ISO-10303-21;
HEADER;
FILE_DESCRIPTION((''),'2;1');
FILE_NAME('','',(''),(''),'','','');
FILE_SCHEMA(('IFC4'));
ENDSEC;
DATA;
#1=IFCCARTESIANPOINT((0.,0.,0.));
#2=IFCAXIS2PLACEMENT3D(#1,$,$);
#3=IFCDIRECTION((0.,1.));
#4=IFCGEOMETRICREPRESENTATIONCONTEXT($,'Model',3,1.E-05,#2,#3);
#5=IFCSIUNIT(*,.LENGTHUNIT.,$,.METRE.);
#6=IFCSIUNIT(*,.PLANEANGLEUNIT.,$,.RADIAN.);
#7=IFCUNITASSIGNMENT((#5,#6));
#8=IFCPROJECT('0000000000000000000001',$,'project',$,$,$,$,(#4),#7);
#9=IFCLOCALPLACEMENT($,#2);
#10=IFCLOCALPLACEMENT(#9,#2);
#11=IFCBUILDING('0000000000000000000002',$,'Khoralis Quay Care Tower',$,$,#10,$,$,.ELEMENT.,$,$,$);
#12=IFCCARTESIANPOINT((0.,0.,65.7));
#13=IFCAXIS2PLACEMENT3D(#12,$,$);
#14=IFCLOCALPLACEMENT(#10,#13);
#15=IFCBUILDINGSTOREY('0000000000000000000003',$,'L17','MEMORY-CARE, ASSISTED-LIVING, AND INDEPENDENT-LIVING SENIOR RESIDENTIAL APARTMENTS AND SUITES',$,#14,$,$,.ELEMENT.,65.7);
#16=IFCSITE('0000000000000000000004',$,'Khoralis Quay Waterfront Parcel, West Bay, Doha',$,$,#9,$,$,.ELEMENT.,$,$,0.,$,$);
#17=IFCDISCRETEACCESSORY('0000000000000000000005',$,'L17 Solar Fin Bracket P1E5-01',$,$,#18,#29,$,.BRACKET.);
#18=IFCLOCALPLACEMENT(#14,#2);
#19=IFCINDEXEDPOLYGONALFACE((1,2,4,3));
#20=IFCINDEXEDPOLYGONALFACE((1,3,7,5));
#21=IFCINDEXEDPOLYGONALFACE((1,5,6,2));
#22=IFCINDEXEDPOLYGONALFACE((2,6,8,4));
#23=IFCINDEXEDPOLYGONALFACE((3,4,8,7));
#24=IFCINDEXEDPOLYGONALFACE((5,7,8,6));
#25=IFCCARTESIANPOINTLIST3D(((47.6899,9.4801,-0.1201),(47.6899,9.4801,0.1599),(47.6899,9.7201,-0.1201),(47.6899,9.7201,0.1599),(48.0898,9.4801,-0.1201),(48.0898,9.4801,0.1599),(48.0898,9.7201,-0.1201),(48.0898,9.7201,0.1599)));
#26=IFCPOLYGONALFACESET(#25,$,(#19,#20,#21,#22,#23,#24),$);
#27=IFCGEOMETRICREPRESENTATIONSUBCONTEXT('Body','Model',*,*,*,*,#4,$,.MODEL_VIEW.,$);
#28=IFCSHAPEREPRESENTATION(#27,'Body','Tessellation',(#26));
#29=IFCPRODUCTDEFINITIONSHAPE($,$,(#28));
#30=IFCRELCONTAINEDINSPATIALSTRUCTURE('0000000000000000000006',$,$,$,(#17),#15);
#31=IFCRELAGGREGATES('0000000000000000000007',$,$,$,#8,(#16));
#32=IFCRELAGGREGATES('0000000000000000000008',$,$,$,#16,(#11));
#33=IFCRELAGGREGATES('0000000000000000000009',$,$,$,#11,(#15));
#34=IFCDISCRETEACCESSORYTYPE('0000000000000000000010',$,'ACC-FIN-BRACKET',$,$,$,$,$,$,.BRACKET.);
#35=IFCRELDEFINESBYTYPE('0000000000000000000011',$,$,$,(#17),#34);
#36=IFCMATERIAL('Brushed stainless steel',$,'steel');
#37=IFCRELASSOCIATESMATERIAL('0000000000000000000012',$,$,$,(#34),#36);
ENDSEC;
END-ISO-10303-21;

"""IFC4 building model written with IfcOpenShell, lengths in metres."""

from ifc_helpers import new_model, si_unit, direction, frame, origin, origin_2d, place, context, subcontext, project, spatial, rectangle, extrude, source, transform, mapped, material, type_object, element, save


model = new_model("IFC4")

# Units and contexts
model_context = context("Model", 3, precision=1e-05, world=origin(), true_north=direction((0.0, 1.0)))
body_context = subcontext(model_context, "Body", "Model", "MODEL_VIEW")
ifc_project = project(units=[si_unit("LENGTHUNIT", "METRE"), si_unit("PLANEANGLEUNIT", "RADIAN")], contexts=[model_context])

# Site, building, storey
site_placement = place(None, origin())
site = spatial("IfcSite", under=ifc_project, at=site_placement, Name="Khoralis Quay Waterfront Parcel, West Bay, Doha", CompositionType="ELEMENT", RefElevation=0.0)
building_placement = place(site_placement, origin())
building = spatial("IfcBuilding", under=site, at=building_placement, Name="Khoralis Quay Care Tower", CompositionType="ELEMENT")
storey_placement = place(building_placement, frame((0.0, 0.0, 65.7)))
storey = spatial("IfcBuildingStorey", under=building, at=storey_placement, Name="L17", Description="MEMORY-CARE, ASSISTED-LIVING, AND INDEPENDENT-LIVING SENIOR RESIDENTIAL APARTMENTS AND SUITES", CompositionType="ELEMENT", Elevation=65.7)

# Discrete accessory
ifc_material_1 = material(Name="Brushed stainless steel", Category="steel")
discrete_accessory_type = type_object("IfcDiscreteAccessoryType", Name="ACC-FIN-BRACKET", PredefinedType="BRACKET", material=ifc_material_1)
shared_shape_1 = source(origin(), body_context, "Body", "SweptSolid", [
    extrude(rectangle(XDim=0.3999, YDim=0.24, at=origin_2d()), origin(), (0.0, 0.0, 1.0), 0.28),
])
for number, where, z_axis, x_axis, name in (
    (1, (47.8899, 9.6001, -0.1201), (0.0, 0.0, 1.0), (1.0, 0.0, 0.0), "L17 Solar Fin Bracket P1E5-01"),
):
    element("IfcDiscreteAccessory", number, at=place(storey_placement, frame(where, z_axis=z_axis, x_axis=x_axis)), inside=storey, type_object=discrete_accessory_type, Name=name, PredefinedType="BRACKET", context=body_context, shape_type="MappedRepresentation", body=[
        mapped(shared_shape_1, transform((0.0, 0.0, 0.0), scale=1.0)),
    ])

save(model, "model.ifc")
